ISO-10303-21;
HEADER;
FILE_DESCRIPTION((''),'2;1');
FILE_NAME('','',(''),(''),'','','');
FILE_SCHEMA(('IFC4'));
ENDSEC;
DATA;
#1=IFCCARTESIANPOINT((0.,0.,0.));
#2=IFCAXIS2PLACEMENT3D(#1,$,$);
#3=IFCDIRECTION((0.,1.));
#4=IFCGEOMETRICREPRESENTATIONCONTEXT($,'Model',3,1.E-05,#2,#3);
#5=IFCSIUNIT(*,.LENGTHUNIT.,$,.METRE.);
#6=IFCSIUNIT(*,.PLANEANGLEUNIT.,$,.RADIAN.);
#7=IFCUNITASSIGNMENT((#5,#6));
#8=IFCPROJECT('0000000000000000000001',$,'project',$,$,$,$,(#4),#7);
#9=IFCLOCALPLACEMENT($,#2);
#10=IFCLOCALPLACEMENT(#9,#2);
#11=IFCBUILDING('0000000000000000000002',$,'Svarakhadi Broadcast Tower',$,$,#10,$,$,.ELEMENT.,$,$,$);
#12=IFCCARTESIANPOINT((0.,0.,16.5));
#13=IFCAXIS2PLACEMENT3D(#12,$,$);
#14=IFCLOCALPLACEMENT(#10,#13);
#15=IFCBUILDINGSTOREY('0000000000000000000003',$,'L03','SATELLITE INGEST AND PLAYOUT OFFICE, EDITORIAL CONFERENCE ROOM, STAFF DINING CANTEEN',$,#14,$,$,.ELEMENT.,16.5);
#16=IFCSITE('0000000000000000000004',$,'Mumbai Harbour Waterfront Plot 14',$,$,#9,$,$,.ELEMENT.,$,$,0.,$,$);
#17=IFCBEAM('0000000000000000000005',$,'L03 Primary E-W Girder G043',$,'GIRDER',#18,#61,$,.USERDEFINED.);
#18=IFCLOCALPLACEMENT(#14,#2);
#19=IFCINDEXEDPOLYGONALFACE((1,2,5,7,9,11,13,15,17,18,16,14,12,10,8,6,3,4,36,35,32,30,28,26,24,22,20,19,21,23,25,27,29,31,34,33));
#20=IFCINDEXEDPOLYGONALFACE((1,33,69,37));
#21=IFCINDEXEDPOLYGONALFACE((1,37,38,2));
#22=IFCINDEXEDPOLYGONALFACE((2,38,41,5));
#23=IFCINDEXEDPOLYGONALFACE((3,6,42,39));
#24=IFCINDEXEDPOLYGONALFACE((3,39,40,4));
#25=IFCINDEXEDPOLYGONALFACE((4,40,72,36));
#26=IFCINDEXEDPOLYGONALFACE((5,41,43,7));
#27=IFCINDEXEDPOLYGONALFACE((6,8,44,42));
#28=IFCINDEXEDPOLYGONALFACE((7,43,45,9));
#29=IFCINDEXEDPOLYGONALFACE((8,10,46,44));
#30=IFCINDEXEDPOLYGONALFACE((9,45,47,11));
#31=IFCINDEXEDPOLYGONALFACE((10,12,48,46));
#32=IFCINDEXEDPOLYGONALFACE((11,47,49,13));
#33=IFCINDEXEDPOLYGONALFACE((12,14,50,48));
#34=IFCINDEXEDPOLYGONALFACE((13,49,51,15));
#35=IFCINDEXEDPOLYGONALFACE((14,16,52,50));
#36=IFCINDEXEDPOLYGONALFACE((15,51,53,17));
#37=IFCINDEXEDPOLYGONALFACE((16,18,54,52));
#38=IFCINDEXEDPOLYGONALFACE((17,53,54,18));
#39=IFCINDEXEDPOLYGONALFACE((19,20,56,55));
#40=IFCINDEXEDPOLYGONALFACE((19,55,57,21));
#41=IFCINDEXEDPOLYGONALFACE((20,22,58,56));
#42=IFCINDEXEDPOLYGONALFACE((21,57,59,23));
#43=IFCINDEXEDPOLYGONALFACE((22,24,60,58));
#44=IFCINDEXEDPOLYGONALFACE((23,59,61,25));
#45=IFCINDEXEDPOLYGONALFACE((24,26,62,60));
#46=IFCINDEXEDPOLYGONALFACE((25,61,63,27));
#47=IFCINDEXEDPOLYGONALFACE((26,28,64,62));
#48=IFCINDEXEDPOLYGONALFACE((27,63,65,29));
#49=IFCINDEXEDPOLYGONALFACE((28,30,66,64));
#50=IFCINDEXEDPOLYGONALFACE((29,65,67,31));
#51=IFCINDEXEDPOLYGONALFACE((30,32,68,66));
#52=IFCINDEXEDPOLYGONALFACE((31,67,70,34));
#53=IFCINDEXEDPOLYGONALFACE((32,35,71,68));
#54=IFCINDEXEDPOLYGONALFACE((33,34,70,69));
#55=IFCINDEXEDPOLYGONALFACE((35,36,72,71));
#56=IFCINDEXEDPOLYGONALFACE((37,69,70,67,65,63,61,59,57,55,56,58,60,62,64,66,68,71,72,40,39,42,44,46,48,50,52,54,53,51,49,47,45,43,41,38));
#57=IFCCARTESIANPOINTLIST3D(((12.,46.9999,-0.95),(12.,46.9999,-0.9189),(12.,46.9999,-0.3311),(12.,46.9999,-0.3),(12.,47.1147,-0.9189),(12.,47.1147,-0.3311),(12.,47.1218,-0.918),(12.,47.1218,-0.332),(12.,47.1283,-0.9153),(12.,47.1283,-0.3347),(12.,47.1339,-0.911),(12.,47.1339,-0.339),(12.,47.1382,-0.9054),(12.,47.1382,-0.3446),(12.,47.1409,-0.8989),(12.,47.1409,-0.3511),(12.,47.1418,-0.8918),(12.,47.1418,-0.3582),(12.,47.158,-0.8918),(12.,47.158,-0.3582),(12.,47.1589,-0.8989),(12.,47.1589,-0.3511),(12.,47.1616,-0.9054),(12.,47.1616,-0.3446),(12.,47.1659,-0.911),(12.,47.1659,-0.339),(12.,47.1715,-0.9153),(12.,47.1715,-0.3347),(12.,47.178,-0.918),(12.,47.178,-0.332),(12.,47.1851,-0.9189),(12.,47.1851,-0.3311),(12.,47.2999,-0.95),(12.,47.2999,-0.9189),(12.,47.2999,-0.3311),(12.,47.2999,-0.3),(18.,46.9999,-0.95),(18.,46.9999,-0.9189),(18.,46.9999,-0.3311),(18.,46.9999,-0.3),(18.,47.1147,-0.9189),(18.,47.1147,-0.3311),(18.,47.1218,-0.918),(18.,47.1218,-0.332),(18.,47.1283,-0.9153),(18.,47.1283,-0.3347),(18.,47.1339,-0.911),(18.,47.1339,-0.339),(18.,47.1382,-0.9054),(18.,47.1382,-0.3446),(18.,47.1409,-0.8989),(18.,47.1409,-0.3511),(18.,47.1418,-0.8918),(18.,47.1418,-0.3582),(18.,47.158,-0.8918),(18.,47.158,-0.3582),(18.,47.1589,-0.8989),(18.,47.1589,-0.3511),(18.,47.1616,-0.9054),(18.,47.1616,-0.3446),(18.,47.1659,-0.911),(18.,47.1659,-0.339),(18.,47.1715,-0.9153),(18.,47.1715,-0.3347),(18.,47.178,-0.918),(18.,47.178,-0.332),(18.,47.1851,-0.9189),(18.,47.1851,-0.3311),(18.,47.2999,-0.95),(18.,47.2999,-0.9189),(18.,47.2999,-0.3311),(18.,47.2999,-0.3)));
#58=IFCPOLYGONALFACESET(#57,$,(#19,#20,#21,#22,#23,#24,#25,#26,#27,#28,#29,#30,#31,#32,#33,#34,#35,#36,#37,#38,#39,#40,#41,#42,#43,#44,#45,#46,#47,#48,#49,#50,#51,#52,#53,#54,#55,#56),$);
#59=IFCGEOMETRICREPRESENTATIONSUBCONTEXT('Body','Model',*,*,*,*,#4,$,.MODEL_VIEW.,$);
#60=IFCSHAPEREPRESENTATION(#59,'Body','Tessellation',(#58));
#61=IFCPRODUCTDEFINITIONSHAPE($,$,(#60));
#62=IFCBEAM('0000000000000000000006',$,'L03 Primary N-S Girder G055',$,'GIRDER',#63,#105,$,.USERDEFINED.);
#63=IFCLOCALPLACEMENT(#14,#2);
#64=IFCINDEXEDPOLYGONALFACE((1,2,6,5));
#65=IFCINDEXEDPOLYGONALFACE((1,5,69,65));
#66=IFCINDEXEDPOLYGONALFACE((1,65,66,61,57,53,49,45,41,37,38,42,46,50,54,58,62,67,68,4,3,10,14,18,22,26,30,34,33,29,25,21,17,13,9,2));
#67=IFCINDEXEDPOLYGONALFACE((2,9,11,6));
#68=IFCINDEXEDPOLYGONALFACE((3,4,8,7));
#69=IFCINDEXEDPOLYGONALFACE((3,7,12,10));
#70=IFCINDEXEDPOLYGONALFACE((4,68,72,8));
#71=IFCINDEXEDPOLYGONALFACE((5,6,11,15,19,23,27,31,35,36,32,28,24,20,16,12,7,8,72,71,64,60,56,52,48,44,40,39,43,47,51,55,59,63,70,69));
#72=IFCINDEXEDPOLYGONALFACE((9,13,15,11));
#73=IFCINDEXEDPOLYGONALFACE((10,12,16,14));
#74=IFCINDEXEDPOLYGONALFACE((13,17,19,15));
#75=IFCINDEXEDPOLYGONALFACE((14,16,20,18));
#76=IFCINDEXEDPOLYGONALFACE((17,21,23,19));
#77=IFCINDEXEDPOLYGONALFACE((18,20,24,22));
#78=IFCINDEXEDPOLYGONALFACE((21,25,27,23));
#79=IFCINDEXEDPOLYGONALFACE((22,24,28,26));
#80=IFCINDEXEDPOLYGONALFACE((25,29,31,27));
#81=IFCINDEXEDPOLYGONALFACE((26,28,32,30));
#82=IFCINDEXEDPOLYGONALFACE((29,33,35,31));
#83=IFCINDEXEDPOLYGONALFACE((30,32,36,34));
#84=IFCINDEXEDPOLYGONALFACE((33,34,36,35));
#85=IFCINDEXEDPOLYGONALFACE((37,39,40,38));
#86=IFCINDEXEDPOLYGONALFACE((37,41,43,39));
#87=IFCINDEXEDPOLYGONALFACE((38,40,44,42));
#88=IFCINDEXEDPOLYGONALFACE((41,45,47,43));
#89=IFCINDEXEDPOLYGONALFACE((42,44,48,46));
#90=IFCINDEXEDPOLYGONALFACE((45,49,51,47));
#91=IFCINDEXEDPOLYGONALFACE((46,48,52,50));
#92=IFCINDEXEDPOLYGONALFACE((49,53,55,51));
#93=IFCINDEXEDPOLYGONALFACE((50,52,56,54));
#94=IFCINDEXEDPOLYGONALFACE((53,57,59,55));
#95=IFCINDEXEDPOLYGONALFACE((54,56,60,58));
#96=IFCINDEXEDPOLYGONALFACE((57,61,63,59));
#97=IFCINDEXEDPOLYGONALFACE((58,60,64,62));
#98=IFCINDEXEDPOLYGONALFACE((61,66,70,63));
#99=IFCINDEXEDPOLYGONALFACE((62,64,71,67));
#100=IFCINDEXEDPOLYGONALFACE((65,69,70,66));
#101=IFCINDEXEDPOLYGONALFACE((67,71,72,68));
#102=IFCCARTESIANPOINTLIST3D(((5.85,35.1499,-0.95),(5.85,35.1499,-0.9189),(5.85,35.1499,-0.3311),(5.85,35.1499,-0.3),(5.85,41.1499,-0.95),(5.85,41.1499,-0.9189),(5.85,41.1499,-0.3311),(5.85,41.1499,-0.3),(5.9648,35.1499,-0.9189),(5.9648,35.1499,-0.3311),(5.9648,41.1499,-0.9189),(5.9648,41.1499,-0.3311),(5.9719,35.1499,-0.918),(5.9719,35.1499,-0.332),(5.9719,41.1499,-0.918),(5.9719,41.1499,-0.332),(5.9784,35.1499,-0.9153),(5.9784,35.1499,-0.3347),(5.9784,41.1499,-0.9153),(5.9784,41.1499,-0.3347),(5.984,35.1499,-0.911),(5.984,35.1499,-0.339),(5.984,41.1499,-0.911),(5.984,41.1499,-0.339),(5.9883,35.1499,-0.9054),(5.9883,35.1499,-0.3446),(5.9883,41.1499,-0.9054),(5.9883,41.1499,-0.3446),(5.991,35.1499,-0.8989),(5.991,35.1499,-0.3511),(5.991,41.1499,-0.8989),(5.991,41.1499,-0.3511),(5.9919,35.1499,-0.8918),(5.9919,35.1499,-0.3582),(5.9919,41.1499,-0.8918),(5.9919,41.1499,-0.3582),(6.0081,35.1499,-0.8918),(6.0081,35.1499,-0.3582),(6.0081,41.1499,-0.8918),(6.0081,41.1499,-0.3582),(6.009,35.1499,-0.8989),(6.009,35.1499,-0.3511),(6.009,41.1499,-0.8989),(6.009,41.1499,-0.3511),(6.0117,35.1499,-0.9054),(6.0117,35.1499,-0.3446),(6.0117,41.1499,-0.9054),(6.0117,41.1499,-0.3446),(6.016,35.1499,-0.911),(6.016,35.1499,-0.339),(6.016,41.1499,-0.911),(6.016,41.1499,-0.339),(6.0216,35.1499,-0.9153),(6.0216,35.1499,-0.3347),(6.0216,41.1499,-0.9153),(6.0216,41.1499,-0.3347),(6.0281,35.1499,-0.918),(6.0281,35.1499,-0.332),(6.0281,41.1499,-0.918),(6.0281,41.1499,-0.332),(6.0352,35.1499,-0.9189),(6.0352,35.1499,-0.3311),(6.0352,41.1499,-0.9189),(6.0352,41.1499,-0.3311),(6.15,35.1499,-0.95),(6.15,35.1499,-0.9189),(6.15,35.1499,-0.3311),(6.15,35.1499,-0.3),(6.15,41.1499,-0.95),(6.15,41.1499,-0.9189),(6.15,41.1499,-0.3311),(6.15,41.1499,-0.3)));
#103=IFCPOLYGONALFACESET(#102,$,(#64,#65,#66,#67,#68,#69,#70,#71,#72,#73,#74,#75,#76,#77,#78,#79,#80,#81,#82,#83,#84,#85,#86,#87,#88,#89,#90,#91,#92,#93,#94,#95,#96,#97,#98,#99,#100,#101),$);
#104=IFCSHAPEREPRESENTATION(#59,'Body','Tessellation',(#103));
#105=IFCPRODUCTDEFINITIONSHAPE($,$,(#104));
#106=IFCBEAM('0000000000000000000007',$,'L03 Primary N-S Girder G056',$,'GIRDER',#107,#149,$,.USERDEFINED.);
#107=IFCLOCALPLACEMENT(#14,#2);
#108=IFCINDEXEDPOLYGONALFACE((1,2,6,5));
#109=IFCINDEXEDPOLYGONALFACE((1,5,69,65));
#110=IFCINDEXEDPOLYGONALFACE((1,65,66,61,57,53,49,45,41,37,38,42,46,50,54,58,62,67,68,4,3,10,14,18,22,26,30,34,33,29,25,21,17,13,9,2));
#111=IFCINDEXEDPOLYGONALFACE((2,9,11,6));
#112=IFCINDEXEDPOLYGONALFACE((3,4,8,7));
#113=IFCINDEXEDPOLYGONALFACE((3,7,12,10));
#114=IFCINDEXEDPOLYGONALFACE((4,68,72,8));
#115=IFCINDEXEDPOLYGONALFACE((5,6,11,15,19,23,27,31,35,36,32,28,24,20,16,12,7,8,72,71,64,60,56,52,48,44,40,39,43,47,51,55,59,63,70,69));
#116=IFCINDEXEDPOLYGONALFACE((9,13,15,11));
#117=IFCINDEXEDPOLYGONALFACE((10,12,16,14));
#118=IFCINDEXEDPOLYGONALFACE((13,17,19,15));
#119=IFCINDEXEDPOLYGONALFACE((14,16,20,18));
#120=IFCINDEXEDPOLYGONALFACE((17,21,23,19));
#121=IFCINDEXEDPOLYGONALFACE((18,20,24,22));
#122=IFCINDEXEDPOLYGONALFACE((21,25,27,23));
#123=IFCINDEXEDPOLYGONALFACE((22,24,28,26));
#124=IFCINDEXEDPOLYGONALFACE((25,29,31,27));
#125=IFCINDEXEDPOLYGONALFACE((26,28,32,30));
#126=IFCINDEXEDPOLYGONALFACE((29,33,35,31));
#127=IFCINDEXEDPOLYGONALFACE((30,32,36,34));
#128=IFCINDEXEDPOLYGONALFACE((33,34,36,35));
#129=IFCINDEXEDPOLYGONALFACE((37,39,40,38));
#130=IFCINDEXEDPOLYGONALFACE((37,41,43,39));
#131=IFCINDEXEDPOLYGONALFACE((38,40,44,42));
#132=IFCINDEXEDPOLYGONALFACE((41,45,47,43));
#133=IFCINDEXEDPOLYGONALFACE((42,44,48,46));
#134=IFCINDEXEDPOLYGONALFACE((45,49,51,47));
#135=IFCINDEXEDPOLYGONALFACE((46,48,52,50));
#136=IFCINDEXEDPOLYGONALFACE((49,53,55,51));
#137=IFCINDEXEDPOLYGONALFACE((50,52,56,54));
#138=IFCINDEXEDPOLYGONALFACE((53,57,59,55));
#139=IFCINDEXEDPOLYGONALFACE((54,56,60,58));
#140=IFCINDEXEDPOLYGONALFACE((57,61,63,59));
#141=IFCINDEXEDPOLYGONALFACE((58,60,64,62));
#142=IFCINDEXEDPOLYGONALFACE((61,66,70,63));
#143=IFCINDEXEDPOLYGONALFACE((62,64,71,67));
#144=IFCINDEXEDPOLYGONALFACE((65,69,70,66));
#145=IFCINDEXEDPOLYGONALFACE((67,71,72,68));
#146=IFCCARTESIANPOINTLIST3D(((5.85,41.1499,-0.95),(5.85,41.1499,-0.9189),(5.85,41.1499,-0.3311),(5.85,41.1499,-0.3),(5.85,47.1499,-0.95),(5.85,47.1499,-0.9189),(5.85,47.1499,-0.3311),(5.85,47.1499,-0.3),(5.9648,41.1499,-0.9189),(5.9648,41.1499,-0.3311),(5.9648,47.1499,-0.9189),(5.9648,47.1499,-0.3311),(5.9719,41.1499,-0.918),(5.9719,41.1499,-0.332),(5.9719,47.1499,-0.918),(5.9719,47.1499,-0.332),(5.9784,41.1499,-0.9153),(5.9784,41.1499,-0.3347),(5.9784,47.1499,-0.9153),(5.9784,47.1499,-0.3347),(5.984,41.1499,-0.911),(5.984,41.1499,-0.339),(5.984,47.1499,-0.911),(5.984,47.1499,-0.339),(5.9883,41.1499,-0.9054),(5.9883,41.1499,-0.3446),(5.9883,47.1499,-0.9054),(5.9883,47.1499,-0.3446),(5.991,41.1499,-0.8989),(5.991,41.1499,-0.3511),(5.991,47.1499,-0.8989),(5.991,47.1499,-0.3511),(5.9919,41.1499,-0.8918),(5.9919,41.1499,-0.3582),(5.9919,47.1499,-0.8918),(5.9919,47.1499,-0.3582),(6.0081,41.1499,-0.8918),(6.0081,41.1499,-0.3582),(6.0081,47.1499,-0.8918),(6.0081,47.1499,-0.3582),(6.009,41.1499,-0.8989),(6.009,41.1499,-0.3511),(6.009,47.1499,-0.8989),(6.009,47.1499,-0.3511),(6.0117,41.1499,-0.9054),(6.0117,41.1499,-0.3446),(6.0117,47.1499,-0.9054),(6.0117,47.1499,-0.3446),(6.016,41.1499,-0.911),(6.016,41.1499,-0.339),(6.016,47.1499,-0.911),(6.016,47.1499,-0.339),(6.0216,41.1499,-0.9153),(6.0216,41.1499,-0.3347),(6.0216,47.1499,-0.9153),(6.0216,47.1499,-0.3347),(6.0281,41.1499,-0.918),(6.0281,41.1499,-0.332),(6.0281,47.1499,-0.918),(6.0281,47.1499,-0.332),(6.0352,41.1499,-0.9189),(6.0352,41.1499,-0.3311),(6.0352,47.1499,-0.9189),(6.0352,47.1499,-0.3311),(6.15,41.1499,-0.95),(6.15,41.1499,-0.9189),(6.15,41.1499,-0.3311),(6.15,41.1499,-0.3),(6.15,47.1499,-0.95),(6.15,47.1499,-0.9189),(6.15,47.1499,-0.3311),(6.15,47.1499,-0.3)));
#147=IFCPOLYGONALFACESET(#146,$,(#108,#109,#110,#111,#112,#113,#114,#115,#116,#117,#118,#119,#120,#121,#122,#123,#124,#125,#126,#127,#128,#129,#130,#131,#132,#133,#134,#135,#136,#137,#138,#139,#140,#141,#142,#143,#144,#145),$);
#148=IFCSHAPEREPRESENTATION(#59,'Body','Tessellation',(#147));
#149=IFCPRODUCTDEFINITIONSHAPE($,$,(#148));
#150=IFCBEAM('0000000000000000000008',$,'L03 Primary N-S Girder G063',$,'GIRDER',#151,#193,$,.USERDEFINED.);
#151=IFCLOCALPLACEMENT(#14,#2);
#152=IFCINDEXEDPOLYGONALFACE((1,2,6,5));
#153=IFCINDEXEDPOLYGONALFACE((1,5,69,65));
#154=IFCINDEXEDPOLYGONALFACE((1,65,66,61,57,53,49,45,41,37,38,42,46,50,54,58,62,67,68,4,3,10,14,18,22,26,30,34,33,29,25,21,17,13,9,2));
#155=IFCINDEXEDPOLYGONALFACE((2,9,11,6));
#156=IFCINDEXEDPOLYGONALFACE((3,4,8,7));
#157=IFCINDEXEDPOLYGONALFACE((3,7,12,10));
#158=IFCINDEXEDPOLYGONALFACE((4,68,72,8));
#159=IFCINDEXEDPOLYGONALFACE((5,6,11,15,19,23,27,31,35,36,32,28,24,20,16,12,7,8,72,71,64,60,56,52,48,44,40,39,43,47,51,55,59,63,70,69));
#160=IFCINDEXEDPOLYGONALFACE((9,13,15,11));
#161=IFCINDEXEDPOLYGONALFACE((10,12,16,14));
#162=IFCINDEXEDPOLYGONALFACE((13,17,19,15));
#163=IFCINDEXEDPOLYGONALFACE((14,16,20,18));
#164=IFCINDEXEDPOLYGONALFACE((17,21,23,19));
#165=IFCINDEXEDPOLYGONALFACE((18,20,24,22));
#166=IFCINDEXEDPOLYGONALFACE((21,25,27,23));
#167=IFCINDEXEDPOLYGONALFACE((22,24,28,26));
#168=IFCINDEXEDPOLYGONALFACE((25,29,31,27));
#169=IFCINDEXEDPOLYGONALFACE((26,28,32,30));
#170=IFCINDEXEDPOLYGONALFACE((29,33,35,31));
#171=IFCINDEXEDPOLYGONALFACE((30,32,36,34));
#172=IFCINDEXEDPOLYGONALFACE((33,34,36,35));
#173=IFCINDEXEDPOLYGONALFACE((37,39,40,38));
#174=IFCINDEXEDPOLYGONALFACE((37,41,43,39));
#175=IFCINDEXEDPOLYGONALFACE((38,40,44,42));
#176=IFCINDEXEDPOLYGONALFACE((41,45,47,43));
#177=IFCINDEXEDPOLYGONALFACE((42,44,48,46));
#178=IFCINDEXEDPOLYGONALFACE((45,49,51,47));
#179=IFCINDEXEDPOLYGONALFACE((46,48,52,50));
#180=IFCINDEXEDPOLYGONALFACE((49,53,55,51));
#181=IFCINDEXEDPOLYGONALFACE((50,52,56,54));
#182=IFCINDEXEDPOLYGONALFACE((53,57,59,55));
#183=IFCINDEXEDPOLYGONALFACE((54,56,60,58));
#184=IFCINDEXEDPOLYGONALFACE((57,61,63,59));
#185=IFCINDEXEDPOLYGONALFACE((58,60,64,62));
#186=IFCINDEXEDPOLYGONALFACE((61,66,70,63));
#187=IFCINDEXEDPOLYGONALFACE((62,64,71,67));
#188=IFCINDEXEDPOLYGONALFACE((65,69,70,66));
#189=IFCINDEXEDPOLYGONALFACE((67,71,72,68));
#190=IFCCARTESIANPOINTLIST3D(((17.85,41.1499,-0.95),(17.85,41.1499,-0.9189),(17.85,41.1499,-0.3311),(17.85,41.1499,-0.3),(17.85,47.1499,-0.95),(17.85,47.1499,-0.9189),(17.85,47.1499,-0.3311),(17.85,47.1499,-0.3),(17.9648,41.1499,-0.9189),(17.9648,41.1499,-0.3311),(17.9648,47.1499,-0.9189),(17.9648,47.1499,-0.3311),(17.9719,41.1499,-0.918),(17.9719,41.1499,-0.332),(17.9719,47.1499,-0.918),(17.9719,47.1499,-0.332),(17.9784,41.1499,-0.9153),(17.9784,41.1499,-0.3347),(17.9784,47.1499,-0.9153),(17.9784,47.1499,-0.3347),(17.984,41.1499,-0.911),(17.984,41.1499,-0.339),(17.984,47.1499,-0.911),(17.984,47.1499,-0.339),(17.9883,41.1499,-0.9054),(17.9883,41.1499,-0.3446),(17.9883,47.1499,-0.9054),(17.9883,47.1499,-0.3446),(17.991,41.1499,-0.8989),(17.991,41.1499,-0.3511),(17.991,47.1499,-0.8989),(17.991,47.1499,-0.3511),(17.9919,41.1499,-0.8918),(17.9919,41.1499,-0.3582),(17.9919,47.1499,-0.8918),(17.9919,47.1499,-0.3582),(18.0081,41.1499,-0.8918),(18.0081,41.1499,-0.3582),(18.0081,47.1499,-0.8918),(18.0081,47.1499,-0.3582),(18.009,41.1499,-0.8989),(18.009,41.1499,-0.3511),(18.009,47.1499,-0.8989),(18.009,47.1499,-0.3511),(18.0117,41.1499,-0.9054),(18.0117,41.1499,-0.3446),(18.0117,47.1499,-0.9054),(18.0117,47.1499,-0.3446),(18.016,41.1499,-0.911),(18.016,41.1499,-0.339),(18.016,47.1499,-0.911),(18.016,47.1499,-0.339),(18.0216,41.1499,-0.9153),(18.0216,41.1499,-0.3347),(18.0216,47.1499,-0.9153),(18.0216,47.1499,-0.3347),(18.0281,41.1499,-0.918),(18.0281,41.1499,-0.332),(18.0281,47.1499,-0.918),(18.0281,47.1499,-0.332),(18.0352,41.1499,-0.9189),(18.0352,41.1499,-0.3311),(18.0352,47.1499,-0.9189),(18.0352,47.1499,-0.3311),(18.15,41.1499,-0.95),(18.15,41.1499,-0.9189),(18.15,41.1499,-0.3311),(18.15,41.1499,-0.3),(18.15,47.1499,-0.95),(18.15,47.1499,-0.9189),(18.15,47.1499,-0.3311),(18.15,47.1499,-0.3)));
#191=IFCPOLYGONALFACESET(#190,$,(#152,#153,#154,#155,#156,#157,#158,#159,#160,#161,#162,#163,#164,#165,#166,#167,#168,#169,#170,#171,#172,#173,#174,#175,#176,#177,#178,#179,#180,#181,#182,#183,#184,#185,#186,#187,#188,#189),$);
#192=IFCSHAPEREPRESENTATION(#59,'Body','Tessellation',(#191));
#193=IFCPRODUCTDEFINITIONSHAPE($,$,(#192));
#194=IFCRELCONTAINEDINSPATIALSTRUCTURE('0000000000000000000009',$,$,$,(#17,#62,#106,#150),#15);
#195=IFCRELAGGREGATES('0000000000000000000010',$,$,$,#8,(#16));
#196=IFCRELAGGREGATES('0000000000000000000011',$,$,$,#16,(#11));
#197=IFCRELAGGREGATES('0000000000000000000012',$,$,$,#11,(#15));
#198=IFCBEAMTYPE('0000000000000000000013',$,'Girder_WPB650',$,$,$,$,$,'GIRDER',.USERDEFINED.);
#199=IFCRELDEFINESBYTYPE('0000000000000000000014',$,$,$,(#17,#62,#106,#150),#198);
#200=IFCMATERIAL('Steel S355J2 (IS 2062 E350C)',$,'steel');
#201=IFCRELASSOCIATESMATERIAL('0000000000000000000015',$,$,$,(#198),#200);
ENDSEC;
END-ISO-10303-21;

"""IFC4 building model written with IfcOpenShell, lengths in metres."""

from ifc_helpers import new_model, si_unit, direction, frame, origin, origin_2d, place, context, subcontext, project, spatial, i_section, extrude, material, material_profile, profile_set, type_object, element, save


model = new_model("IFC4")

# Units and contexts
model_context = context("Model", 3, precision=1e-05, world=origin(), true_north=direction((0.0, 1.0)))
body_context = subcontext(model_context, "Body", "Model", "MODEL_VIEW")
ifc_project = project(units=[si_unit("LENGTHUNIT", "METRE"), si_unit("PLANEANGLEUNIT", "RADIAN")], contexts=[model_context])

# Site, building, storey
site_placement = place(None, origin())
site = spatial("IfcSite", under=ifc_project, at=site_placement, Name="Mumbai Harbour Waterfront Plot 14", CompositionType="ELEMENT", RefElevation=0.0)
building_placement = place(site_placement, origin())
building = spatial("IfcBuilding", under=site, at=building_placement, Name="Svarakhadi Broadcast Tower", CompositionType="ELEMENT")
storey_placement = place(building_placement, frame((0.0, 0.0, 16.5)))
storey = spatial("IfcBuildingStorey", under=building, at=storey_placement, Name="L03", Description="SATELLITE INGEST AND PLAYOUT OFFICE, EDITORIAL CONFERENCE ROOM, STAFF DINING CANTEEN", CompositionType="ELEMENT", Elevation=16.5)

# Shared definitions
ifc_material_1 = material(Name="Steel S355J2 (IS 2062 E350C)", Category="steel")

# Beams
ifc_material_profile_1 = material_profile(ifc_material_1, i_section(OverallWidth=0.3, OverallDepth=0.6499, WebThickness=0.0161, FlangeThickness=0.031, FilletRadius=0.0271, at=origin_2d()), Name="WPB 650x300x225")
ifc_profile_set_1 = profile_set([ifc_material_profile_1], Name="Steel S355J2 (IS 2062 E350C)")
beam_type_1 = type_object("IfcBeamType", Name="Girder_WPB650", ElementType="GIRDER", PredefinedType="USERDEFINED", material=ifc_profile_set_1)
for number, where, z_axis, x_axis, name in (
    (1, (12.0, 47.1499, -0.625), (1.0, 0.0, 0.0), (0.0, 1.0, 0.0), "L03 Primary E-W Girder G043"),
    (2, (6.0, 35.1499, -0.625), (0.0, 1.0, 0.0), (-1.0, 0.0, 0.0), "L03 Primary N-S Girder G055"),
    (3, (6.0, 41.1499, -0.625), (0.0, 1.0, 0.0), (-1.0, 0.0, 0.0), "L03 Primary N-S Girder G056"),
    (4, (18.0, 41.1499, -0.625), (0.0, 1.0, 0.0), (-1.0, 0.0, 0.0), "L03 Primary N-S Girder G063"),
):
    element("IfcBeam", number, at=place(storey_placement, frame(where, z_axis=z_axis, x_axis=x_axis)), inside=storey, type_object=beam_type_1, Name=name, ObjectType="GIRDER", PredefinedType="USERDEFINED", context=body_context, shape_type="SweptSolid", body=[
        extrude(i_section(OverallWidth=0.3, OverallDepth=0.6499, WebThickness=0.0161, FlangeThickness=0.031, FilletRadius=0.0271, at=origin_2d()), origin(), (0.0, 0.0, 1.0), 6.0),
    ])

save(model, "model.ifc")
